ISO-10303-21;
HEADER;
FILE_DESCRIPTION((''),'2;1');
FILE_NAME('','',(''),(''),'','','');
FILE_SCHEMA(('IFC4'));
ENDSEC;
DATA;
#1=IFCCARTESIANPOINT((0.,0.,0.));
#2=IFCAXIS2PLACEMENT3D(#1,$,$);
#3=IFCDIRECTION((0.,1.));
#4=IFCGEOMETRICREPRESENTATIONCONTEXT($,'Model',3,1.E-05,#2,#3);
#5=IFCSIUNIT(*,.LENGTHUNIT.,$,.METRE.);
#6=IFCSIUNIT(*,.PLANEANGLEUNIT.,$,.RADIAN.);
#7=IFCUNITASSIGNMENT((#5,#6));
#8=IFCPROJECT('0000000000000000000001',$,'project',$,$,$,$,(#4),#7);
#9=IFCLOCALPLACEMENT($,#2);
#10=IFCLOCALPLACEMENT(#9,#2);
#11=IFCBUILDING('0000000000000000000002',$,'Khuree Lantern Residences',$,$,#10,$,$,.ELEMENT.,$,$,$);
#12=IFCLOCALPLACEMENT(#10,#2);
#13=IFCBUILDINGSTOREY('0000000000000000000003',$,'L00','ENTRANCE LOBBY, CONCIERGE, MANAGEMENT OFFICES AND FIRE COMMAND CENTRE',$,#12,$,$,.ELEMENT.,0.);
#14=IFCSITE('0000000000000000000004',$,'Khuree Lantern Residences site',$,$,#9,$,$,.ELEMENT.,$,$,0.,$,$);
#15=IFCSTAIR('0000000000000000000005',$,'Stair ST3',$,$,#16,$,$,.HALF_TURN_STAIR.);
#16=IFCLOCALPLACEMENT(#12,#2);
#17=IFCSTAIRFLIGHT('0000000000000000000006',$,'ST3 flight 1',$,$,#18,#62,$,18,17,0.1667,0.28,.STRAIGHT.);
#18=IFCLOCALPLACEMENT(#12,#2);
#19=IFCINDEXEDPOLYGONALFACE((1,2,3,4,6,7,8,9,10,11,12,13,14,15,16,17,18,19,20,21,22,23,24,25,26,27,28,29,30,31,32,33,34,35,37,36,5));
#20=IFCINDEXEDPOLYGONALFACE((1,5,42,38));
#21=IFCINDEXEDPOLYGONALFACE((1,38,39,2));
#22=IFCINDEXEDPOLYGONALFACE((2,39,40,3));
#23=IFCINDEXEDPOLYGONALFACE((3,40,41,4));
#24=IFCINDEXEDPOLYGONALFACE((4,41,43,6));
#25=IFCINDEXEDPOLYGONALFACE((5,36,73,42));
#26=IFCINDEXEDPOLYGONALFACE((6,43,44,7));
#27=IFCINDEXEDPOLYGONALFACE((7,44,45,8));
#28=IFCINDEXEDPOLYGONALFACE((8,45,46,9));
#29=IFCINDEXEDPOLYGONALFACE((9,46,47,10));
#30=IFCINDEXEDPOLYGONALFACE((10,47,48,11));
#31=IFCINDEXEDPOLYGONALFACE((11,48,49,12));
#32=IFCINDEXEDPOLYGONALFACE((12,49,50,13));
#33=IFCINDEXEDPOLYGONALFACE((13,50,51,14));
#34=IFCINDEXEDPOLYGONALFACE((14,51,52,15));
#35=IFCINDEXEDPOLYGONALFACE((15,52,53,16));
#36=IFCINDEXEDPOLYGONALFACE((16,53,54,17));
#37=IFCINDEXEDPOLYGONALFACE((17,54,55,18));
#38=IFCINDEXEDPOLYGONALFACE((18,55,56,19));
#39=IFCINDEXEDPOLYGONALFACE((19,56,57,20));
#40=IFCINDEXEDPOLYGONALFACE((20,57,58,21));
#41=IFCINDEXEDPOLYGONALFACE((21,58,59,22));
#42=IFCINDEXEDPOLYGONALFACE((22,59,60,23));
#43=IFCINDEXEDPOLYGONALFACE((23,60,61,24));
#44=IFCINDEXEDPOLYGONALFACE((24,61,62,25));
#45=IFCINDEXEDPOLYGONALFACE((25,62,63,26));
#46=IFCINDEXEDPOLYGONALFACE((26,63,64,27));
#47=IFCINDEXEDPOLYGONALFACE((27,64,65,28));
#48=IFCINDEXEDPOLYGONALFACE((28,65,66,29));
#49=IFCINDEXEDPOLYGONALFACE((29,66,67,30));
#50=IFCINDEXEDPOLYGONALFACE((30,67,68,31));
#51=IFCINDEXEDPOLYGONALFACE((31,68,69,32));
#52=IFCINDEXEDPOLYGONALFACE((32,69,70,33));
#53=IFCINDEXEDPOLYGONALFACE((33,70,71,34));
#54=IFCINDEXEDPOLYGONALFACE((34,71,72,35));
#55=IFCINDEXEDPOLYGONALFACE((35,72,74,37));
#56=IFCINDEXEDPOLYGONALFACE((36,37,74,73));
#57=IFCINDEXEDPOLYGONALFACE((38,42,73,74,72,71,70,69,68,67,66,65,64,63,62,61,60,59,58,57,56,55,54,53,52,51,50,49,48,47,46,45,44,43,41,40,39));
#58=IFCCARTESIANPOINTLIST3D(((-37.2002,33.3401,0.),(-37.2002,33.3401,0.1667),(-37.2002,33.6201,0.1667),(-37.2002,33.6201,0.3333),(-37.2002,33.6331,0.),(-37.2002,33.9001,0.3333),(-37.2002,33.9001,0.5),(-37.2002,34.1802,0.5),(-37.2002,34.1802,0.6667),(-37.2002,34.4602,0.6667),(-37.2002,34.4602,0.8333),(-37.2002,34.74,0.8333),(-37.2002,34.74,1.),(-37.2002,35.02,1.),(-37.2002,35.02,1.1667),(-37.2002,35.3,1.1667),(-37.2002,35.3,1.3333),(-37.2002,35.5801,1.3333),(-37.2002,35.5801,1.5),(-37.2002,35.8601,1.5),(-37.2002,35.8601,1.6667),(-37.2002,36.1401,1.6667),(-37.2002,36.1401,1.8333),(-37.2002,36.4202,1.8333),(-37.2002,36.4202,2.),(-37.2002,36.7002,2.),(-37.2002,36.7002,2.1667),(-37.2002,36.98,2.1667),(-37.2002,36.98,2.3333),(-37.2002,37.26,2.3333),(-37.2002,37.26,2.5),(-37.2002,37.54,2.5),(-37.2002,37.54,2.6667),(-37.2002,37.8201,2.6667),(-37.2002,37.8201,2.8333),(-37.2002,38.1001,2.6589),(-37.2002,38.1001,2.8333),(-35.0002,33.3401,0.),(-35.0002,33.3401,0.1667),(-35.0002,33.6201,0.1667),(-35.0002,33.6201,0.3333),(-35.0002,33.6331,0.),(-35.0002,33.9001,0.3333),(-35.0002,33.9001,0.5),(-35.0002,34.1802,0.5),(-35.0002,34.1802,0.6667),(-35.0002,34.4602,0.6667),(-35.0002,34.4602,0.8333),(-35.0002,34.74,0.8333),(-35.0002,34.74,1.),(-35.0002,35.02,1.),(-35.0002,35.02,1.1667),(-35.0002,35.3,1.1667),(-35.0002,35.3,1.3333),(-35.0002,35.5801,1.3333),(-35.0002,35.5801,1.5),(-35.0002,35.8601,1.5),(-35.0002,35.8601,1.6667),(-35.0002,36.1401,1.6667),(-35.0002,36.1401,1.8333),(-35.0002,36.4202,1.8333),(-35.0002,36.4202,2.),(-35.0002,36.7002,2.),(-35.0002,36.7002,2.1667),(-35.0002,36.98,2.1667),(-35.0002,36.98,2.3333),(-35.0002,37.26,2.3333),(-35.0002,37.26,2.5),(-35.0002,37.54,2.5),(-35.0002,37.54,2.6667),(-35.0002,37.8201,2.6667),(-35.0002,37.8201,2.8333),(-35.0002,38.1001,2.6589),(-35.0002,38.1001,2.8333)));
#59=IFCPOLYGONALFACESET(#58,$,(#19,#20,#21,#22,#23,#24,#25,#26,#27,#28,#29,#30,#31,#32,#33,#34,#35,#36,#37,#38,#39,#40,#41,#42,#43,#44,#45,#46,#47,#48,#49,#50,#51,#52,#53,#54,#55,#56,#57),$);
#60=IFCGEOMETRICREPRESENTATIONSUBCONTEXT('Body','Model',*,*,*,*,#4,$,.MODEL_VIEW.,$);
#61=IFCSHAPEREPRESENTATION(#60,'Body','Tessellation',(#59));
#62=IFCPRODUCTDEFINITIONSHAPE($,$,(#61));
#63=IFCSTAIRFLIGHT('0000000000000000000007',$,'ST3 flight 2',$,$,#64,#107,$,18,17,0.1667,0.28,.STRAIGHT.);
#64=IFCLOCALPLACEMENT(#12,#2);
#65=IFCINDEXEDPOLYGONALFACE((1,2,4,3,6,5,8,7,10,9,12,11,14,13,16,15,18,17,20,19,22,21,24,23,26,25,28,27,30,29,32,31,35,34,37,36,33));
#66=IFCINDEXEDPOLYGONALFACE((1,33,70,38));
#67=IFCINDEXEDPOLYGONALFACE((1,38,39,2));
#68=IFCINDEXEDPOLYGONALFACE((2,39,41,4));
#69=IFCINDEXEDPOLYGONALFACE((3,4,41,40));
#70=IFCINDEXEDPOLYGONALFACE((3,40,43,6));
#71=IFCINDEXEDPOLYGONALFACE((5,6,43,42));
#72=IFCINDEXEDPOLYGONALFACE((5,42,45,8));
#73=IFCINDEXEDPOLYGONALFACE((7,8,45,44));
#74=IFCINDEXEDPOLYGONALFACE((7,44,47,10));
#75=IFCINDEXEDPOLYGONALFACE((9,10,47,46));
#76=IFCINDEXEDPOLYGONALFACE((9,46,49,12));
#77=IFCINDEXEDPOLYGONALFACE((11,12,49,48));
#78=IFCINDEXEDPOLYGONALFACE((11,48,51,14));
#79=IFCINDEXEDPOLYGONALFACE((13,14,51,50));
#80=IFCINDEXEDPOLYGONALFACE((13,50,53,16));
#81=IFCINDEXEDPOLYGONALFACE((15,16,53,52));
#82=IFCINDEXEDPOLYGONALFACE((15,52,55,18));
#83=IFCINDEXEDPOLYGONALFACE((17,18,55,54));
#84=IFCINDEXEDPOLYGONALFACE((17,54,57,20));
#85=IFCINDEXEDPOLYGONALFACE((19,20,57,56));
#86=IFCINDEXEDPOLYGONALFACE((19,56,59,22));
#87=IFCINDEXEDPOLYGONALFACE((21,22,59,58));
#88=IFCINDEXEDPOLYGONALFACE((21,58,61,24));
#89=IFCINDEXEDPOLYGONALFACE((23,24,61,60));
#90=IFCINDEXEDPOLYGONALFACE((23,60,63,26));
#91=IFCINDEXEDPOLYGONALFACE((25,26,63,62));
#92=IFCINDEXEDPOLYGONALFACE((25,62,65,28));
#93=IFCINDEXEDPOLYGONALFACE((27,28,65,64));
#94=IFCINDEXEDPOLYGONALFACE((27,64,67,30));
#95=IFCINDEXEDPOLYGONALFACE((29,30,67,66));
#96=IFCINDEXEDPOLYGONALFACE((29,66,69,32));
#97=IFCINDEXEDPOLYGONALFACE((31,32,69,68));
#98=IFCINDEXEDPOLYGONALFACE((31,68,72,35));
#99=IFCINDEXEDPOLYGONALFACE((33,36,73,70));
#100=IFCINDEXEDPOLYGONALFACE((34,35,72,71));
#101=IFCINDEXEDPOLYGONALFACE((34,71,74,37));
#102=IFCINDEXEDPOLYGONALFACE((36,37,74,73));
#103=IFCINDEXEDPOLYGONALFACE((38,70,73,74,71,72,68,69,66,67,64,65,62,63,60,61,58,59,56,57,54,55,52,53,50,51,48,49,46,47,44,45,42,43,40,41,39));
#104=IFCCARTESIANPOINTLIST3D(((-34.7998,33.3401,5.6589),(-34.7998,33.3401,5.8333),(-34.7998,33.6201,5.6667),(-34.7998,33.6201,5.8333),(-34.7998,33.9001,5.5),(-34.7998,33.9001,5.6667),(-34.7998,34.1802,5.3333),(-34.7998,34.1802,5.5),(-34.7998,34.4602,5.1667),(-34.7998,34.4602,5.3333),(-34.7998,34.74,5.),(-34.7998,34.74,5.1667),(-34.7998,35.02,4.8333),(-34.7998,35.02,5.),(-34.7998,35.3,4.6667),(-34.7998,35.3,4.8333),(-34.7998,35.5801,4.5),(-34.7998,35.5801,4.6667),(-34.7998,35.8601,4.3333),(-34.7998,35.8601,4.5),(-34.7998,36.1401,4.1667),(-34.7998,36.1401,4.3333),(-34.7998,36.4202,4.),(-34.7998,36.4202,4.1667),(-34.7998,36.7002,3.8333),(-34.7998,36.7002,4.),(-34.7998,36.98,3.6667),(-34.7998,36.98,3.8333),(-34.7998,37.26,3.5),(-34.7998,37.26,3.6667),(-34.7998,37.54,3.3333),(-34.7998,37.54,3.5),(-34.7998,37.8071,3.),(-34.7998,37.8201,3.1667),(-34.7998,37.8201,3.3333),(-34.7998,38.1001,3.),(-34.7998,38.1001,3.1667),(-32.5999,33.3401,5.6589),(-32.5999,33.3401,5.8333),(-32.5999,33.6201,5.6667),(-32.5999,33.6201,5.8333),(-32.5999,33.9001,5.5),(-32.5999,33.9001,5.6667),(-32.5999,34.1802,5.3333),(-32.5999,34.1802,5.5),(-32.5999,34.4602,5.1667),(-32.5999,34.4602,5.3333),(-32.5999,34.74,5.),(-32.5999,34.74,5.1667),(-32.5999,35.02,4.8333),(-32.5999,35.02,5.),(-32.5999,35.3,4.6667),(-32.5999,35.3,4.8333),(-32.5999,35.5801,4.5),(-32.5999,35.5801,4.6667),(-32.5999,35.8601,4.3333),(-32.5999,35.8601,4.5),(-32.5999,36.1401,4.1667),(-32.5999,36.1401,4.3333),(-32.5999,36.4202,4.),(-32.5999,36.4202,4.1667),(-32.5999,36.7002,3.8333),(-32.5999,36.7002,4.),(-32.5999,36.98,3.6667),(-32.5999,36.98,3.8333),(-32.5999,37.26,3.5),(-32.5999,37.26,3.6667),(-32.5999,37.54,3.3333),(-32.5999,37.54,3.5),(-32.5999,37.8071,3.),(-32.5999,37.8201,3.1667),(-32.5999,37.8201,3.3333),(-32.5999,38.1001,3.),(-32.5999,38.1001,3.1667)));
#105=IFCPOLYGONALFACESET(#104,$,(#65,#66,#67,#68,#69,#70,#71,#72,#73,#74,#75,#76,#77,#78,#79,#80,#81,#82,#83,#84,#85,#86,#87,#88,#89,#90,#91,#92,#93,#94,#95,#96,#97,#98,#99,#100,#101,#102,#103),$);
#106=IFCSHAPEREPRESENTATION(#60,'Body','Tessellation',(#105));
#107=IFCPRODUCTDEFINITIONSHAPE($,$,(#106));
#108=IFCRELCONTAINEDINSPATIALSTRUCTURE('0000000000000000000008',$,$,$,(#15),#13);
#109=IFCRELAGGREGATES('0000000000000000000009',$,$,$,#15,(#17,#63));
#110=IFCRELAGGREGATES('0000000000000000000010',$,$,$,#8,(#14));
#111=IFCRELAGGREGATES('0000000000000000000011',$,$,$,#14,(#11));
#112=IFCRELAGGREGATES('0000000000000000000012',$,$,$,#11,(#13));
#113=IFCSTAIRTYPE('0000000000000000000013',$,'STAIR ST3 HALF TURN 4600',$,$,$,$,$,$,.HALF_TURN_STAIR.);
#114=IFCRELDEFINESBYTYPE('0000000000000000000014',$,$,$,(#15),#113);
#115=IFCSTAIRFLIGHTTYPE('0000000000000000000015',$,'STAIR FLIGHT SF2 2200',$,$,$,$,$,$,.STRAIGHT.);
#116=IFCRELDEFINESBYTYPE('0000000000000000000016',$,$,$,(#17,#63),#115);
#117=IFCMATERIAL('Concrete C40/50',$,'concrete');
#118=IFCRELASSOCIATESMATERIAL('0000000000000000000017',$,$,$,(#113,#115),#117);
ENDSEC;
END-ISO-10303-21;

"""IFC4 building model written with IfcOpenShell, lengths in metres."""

from ifc_helpers import new_model, si_unit, direction, frame, origin, place, context, subcontext, project, spatial, polyline, outline, extrude, material, type_object, element, aggregate, save


model = new_model("IFC4")

# Units and contexts
model_context = context("Model", 3, precision=1e-05, world=origin(), true_north=direction((0.0, 1.0)))
body_context = subcontext(model_context, "Body", "Model", "MODEL_VIEW")
ifc_project = project(units=[si_unit("LENGTHUNIT", "METRE"), si_unit("PLANEANGLEUNIT", "RADIAN")], contexts=[model_context])

# Site, building, storey
site_placement = place(None, origin())
site = spatial("IfcSite", under=ifc_project, at=site_placement, Name="Khuree Lantern Residences site", CompositionType="ELEMENT", RefElevation=0.0)
building_placement = place(site_placement, origin())
building = spatial("IfcBuilding", under=site, at=building_placement, Name="Khuree Lantern Residences", CompositionType="ELEMENT")
storey_placement = place(building_placement, origin())
storey = spatial("IfcBuildingStorey", under=building, at=storey_placement, Name="L00", Description="ENTRANCE LOBBY, CONCIERGE, MANAGEMENT OFFICES AND FIRE COMMAND CENTRE", CompositionType="ELEMENT", Elevation=0.0)

# Shared definitions
ifc_material_1 = material(Name="Concrete C40/50", Category="concrete")

# Stair, stair flights
stair_type = type_object("IfcStairType", Name="STAIR ST3 HALF TURN 4600", PredefinedType="HALF_TURN_STAIR", material=ifc_material_1)
stair_placement = place(storey_placement, origin())
stair = element("IfcStair", 1, at=stair_placement, inside=storey, type_object=stair_type, Name="Stair ST3", PredefinedType="HALF_TURN_STAIR")
stair_flight_type = type_object("IfcStairFlightType", Name="STAIR FLIGHT SF2 2200", PredefinedType="STRAIGHT", material=ifc_material_1)
stair_flight_1_placement = place(storey_placement, frame((-36.1001, 33.3401, 0.0), z_axis=(0.0, 0.0, 1.0), x_axis=(0.0, 1.0, 0.0)))
stair_flight_1 = element("IfcStairFlight", 2, at=stair_flight_1_placement, type_object=stair_flight_type, Name="ST3 flight 1", NumberOfRisers=18, NumberOfTreads=17, PredefinedType="STRAIGHT", RiserHeight=0.1667, TreadLength=0.28, context=body_context, shape_type="SweptSolid", body=[
    extrude(outline(polyline([(0.0, 0.0), (0.0, 0.1667), (0.28, 0.1667), (0.28, 0.3333), (0.5601, 0.3333), (0.5601, 0.5), (0.8401, 0.5), (0.8401, 0.6667), (1.1201, 0.6667), (1.1201, 0.8333), (1.3999, 0.8333), (1.3999, 1.0), (1.6799, 1.0), (1.6799, 1.1667), (1.96, 1.1667), (1.96, 1.3333), (2.24, 1.3333), (2.24, 1.5), (2.52, 1.5), (2.52, 1.6667), (2.8, 1.6667), (2.8, 1.8333), (3.0801, 1.8333), (3.0801, 2.0), (3.3601, 2.0), (3.3601, 2.1667), (3.6399, 2.1667), (3.6399, 2.3333), (3.9199, 2.3333), (3.9199, 2.5), (4.2, 2.5), (4.2, 2.6667), (4.48, 2.6667), (4.48, 2.8333), (4.76, 2.8333), (4.76, 3.0), (4.76, 2.6589), (0.293, 0.0), (0.0, 0.0)])), frame((0.0, 1.1001, 0.0), z_axis=(0.0, -1.0, 0.0), x_axis=(1.0, 0.0, 0.0)), (0.0, 0.0, 1.0), 2.2),
])
stair_flight_2_placement = place(storey_placement, frame((-33.7, 38.1001, 3.0), z_axis=(0.0, 0.0, 1.0), x_axis=(0.0, -1.0, 0.0)))
stair_flight_2 = element("IfcStairFlight", 3, at=stair_flight_2_placement, type_object=stair_flight_type, Name="ST3 flight 2", NumberOfRisers=18, NumberOfTreads=17, PredefinedType="STRAIGHT", RiserHeight=0.1667, TreadLength=0.28, context=body_context, shape_type="SweptSolid", body=[
    extrude(outline(polyline([(0.0, 0.0), (0.0, 0.1667), (0.28, 0.1667), (0.28, 0.3333), (0.5601, 0.3333), (0.5601, 0.5), (0.8401, 0.5), (0.8401, 0.6667), (1.1201, 0.6667), (1.1201, 0.8333), (1.3999, 0.8333), (1.3999, 1.0), (1.6799, 1.0), (1.6799, 1.1667), (1.96, 1.1667), (1.96, 1.3333), (2.24, 1.3333), (2.24, 1.5), (2.52, 1.5), (2.52, 1.6667), (2.8, 1.6667), (2.8, 1.8333), (3.0801, 1.8333), (3.0801, 2.0), (3.3601, 2.0), (3.3601, 2.1667), (3.6399, 2.1667), (3.6399, 2.3333), (3.9199, 2.3333), (3.9199, 2.5), (4.2, 2.5), (4.2, 2.6667), (4.48, 2.6667), (4.48, 2.8333), (4.76, 2.8333), (4.76, 3.0), (4.76, 2.6589), (0.293, 0.0), (0.0, 0.0)])), frame((0.0, 1.1001, 0.0), z_axis=(0.0, -1.0, 0.0), x_axis=(1.0, 0.0, 0.0)), (0.0, 0.0, 1.0), 2.2),
])
aggregate(stair, [stair_flight_1, stair_flight_2])

save(model, "model.ifc")
